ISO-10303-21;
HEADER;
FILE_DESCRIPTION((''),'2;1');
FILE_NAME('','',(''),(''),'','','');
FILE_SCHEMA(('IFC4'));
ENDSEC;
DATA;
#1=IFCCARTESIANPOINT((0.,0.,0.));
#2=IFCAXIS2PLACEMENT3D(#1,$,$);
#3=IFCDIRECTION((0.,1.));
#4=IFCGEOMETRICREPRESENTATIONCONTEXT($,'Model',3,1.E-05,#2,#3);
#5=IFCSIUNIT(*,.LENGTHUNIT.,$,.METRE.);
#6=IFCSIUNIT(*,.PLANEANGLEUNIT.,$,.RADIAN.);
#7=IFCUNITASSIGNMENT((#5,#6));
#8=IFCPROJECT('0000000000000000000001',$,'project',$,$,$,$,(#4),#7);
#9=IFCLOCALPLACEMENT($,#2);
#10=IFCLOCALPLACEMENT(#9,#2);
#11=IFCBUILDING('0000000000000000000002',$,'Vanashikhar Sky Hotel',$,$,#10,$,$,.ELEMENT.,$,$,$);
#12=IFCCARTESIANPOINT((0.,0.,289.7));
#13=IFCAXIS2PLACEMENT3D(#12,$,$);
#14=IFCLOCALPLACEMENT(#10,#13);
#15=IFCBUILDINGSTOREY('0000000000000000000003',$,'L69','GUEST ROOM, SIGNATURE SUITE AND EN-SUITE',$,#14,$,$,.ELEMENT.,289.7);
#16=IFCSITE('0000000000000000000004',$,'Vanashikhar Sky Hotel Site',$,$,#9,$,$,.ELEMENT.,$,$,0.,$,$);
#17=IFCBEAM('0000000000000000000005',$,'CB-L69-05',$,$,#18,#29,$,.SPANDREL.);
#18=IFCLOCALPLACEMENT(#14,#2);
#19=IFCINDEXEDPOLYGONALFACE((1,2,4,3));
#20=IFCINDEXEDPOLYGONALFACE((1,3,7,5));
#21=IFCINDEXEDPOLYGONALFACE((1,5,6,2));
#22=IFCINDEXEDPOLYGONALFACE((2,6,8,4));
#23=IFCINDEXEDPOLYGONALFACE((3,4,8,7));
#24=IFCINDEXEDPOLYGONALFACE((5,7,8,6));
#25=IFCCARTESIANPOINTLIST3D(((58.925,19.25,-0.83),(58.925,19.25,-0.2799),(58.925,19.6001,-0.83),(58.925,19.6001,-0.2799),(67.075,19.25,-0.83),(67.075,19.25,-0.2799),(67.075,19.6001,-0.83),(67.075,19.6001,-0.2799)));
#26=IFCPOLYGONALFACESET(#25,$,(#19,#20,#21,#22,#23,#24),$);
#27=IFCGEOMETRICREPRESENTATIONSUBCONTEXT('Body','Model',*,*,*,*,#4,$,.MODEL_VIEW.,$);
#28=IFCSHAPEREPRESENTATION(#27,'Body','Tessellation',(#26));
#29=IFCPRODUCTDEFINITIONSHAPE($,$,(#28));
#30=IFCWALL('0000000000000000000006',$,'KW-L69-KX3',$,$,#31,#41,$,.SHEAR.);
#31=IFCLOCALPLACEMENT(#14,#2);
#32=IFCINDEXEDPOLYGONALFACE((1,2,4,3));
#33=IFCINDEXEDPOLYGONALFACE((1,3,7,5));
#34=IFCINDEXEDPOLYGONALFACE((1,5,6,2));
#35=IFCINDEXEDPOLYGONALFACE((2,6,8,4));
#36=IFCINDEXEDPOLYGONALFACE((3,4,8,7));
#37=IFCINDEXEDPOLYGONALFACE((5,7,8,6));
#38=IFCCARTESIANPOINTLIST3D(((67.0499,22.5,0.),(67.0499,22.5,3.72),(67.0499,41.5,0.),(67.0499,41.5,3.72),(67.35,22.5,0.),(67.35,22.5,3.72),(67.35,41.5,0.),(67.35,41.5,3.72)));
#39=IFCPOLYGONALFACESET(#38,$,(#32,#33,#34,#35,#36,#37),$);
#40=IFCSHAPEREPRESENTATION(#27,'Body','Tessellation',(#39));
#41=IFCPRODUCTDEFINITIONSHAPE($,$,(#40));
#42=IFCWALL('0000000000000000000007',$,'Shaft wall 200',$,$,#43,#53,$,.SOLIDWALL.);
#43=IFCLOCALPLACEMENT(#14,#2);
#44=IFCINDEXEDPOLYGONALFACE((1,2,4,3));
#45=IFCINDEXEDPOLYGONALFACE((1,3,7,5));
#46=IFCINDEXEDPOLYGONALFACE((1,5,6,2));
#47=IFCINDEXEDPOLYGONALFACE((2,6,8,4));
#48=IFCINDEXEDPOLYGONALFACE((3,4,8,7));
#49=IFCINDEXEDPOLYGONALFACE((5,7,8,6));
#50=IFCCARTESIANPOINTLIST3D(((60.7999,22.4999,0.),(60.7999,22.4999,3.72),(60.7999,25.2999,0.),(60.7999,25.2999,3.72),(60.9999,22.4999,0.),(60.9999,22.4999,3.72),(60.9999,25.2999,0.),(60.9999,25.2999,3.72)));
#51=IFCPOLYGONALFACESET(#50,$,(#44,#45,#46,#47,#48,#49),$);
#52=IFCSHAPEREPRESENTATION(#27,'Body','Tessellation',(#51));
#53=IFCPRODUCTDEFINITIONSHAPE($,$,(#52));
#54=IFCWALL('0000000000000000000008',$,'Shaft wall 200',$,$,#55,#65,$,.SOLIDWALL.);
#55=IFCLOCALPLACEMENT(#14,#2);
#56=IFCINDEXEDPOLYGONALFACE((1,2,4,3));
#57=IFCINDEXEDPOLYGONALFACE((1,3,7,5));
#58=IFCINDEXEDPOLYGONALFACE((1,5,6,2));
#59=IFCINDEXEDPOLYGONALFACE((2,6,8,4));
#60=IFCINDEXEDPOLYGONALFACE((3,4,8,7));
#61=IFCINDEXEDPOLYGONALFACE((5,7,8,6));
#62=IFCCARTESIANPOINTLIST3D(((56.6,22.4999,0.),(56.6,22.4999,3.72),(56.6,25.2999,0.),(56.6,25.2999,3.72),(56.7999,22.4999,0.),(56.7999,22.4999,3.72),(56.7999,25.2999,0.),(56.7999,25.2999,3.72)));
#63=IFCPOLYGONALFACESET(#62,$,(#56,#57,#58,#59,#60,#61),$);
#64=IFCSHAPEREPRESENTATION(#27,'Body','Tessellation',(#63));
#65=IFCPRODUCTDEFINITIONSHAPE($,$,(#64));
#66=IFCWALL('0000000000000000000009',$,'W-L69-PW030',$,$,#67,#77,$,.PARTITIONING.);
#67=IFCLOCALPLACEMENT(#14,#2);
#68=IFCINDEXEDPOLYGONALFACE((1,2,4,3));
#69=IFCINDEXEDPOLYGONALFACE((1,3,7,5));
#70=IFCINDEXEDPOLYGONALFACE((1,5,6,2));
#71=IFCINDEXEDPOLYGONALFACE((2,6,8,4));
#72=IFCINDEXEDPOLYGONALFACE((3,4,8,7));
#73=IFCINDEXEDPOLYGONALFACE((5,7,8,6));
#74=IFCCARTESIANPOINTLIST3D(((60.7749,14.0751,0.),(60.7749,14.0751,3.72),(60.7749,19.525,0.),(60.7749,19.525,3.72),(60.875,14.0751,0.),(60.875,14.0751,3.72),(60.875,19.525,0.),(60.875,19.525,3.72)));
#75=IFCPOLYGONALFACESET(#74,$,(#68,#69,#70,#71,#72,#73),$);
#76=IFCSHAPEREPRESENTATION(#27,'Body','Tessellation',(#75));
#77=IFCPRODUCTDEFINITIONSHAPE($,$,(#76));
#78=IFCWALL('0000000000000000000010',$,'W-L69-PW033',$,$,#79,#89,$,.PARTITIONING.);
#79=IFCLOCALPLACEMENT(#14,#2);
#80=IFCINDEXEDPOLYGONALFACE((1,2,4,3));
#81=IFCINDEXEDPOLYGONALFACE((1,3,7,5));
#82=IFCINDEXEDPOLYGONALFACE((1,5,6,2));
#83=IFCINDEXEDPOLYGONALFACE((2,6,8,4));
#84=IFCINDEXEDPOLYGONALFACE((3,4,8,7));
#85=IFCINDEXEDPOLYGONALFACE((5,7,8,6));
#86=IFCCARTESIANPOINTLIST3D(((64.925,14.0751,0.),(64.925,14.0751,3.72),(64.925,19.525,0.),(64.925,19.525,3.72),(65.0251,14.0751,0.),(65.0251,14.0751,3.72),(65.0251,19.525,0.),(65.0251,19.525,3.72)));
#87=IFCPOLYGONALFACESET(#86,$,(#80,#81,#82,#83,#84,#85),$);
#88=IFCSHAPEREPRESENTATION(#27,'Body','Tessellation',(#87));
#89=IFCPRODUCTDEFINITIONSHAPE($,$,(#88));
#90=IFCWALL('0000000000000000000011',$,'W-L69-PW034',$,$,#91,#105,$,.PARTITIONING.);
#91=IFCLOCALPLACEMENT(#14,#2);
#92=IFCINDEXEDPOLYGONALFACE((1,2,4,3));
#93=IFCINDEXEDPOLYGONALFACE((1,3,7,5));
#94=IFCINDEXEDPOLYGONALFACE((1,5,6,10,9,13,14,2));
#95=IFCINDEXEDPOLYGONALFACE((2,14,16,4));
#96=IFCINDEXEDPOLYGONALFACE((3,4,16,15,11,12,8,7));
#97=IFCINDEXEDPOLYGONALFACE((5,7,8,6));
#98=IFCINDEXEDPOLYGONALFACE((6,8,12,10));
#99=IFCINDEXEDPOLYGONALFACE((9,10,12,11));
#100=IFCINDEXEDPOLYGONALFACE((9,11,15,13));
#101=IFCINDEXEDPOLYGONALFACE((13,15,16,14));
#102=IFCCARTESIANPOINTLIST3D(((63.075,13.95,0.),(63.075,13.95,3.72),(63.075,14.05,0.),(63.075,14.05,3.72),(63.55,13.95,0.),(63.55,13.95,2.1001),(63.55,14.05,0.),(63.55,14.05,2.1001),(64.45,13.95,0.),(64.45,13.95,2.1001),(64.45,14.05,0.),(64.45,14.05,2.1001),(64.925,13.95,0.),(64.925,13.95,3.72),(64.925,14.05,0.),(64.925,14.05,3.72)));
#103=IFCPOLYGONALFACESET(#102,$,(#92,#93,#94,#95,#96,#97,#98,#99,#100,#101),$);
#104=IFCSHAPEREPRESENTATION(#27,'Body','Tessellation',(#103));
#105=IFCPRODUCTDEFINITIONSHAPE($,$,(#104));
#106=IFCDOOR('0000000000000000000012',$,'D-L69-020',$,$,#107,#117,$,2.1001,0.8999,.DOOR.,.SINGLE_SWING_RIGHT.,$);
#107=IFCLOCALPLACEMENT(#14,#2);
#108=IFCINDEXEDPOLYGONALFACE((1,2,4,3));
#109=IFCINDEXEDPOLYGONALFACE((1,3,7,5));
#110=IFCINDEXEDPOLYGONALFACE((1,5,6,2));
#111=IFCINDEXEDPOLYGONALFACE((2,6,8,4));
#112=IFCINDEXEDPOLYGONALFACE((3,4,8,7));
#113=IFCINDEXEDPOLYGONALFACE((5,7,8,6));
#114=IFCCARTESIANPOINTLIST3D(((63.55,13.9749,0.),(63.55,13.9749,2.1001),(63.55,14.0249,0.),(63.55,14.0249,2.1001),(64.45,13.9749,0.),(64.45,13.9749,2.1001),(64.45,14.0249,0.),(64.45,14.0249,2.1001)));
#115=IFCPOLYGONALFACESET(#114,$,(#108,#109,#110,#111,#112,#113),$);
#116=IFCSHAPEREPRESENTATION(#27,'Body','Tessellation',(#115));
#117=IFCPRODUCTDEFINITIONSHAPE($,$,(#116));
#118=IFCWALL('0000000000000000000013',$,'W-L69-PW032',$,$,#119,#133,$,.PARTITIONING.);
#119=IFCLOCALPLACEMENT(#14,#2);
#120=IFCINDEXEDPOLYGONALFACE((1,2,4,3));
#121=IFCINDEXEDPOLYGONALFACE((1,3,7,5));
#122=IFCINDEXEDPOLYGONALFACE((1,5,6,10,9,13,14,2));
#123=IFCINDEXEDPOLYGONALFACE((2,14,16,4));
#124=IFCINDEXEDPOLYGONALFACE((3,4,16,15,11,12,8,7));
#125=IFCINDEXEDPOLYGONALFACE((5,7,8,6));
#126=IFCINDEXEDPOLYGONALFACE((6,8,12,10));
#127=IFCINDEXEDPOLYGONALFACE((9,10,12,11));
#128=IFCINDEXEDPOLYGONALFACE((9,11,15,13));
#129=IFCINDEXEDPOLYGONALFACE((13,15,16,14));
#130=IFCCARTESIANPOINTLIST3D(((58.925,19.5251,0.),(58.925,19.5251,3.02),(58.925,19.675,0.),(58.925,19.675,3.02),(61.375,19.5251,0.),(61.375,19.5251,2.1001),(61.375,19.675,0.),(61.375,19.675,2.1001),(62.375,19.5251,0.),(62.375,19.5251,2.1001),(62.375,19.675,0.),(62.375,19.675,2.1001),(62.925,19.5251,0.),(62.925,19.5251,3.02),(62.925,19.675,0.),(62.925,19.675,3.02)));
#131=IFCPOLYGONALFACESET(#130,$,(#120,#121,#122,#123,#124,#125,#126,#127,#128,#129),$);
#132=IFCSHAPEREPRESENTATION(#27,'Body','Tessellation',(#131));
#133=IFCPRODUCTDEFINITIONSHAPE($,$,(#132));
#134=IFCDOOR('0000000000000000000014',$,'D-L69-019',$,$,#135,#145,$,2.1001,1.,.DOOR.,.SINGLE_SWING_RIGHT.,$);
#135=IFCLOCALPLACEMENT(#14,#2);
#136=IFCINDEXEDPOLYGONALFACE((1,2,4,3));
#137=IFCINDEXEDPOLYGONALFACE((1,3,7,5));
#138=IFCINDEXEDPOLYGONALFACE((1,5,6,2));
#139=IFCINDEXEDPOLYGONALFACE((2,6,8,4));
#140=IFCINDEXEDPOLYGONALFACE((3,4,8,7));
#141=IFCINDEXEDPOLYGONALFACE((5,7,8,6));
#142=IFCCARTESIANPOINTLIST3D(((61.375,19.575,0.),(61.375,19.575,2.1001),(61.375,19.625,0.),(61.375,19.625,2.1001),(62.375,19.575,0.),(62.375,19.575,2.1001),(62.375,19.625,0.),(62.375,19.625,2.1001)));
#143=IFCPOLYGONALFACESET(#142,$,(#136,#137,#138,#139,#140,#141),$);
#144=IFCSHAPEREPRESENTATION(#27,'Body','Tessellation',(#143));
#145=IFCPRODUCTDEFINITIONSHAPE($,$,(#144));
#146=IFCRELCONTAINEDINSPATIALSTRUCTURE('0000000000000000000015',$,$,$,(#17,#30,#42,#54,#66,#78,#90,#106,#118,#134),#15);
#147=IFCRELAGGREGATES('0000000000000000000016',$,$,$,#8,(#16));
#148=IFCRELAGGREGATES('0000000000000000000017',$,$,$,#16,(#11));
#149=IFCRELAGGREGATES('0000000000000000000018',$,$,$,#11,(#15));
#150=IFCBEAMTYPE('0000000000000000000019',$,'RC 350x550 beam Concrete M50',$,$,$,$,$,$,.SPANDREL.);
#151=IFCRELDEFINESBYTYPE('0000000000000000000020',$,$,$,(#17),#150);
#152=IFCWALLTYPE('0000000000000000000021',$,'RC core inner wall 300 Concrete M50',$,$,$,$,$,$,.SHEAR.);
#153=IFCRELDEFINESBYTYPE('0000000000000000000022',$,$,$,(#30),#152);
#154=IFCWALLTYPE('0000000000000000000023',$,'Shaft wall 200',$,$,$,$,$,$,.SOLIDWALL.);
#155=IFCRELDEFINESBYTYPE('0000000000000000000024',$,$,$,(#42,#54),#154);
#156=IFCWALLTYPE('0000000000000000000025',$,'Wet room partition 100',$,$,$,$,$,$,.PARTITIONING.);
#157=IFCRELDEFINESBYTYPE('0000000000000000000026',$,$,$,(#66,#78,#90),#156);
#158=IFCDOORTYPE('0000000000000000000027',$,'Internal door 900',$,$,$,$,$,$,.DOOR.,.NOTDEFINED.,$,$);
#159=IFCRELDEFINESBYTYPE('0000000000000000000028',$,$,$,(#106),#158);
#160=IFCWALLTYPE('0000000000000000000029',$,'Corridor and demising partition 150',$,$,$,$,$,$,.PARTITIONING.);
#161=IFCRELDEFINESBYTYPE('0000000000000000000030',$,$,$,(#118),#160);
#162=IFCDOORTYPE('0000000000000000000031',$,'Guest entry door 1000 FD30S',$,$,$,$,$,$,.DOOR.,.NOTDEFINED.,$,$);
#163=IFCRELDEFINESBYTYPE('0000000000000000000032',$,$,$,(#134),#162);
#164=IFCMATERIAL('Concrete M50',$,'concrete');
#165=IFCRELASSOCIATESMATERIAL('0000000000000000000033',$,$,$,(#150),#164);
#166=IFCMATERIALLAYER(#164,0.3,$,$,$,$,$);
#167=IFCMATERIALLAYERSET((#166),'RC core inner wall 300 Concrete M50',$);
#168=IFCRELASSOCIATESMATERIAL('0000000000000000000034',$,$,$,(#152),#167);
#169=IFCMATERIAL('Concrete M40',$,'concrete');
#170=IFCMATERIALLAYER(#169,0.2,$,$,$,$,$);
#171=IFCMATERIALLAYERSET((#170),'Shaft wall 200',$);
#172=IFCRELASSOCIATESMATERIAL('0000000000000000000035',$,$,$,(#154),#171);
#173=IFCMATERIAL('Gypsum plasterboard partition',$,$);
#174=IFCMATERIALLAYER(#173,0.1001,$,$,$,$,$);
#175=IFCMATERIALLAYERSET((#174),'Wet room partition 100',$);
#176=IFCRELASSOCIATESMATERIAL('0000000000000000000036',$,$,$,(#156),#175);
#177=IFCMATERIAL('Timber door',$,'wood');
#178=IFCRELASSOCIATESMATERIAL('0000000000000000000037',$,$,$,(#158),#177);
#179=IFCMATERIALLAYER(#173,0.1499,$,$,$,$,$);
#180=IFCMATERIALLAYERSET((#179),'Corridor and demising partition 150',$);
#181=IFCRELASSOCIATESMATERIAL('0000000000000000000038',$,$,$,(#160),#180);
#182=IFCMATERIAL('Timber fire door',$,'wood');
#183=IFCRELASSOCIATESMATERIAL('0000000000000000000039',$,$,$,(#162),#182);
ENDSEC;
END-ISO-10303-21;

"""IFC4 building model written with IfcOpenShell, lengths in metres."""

from ifc_helpers import new_model, si_unit, direction, frame, frame_2d, origin, origin_2d, place, context, subcontext, project, spatial, rectangle, extrude, source, transform, mapped, material, layer, layer_set, material_profile, profile_set, type_object, element, fill, save


model = new_model("IFC4")

# Units and contexts
model_context = context("Model", 3, precision=1e-05, world=origin(), true_north=direction((0.0, 1.0)))
body_context = subcontext(model_context, "Body", "Model", "MODEL_VIEW")
ifc_project = project(units=[si_unit("LENGTHUNIT", "METRE"), si_unit("PLANEANGLEUNIT", "RADIAN")], contexts=[model_context])

# Site, building, storey
site_placement = place(None, origin())
site = spatial("IfcSite", under=ifc_project, at=site_placement, Name="Vanashikhar Sky Hotel Site", CompositionType="ELEMENT", RefElevation=0.0)
building_placement = place(site_placement, origin())
building = spatial("IfcBuilding", under=site, at=building_placement, Name="Vanashikhar Sky Hotel", CompositionType="ELEMENT")
storey_placement = place(building_placement, frame((0.0, 0.0, 289.7)))
storey = spatial("IfcBuildingStorey", under=building, at=storey_placement, Name="L69", Description="GUEST ROOM, SIGNATURE SUITE AND EN-SUITE", CompositionType="ELEMENT", Elevation=289.7)

# Beam
ifc_material_1 = material(Name="Concrete M50", Category="concrete")
ifc_material_profile = material_profile(ifc_material_1, rectangle(XDim=0.3501, YDim=0.55, at=origin_2d()))
ifc_profile_set = profile_set([ifc_material_profile], Name="RC 350x550 beam Concrete M50")
beam_type = type_object("IfcBeamType", Name="RC 350x550 beam Concrete M50", PredefinedType="SPANDREL", material=ifc_profile_set)
shared_shape_1 = source(origin(), body_context, "Body", "SweptSolid", [
    extrude(rectangle(XDim=0.3501, YDim=0.55, at=origin_2d()), origin(), (0.0, 0.0, 1.0), 8.1499),
])
beam_placement = place(storey_placement, frame((58.925, 19.425, -0.5549), z_axis=(1.0, 0.0, 0.0), x_axis=(0.0, 1.0, 0.0)))
element("IfcBeam", 1, at=beam_placement, inside=storey, type_object=beam_type, Name="CB-L69-05", PredefinedType="SPANDREL", context=body_context, shape_type="MappedRepresentation", body=[
    mapped(shared_shape_1, transform((0.0, 0.0, 0.0), scale=1.0)),
])

# Walls
ifc_layer_1 = layer(ifc_material_1, 0.3)
ifc_layer_set_1 = layer_set([ifc_layer_1], Name="RC core inner wall 300 Concrete M50")
wall_type_1 = type_object("IfcWallType", Name="RC core inner wall 300 Concrete M50", PredefinedType="SHEAR", material=ifc_layer_set_1)
shared_shape_2 = source(origin(), body_context, "Body", "SweptSolid", [
    extrude(rectangle(XDim=19.0, YDim=0.3, at=frame_2d((9.5, 0.0))), origin(), (0.0, 0.0, 1.0), 3.72),
])
wall_1_placement = place(storey_placement, frame((67.2, 22.5, 0.0), z_axis=(0.0, 0.0, 1.0), x_axis=(0.0, 1.0, 0.0)))
element("IfcWall", 2, at=wall_1_placement, inside=storey, type_object=wall_type_1, Name="KW-L69-KX3", PredefinedType="SHEAR", context=body_context, shape_type="MappedRepresentation", body=[
    mapped(shared_shape_2, transform((0.0, 0.0, 0.0), scale=1.0)),
])
ifc_material_2 = material(Name="Concrete M40", Category="concrete")
ifc_layer_2 = layer(ifc_material_2, 0.2)
ifc_layer_set_2 = layer_set([ifc_layer_2], Name="Shaft wall 200")
wall_type_2 = type_object("IfcWallType", Name="Shaft wall 200", PredefinedType="SOLIDWALL", material=ifc_layer_set_2)
shared_shape_3 = source(origin(), body_context, "Body", "SweptSolid", [
    extrude(rectangle(XDim=2.8, YDim=0.2, at=frame_2d((1.3999, 0.0))), origin(), (0.0, 0.0, 1.0), 3.72),
])
for number, where, z_axis, x_axis, name in (
    (3, (60.8999, 22.5, 0.0), (0.0, 0.0, 1.0), (0.0, 1.0, 0.0), "Shaft wall 200"),
    (4, (56.7, 22.5, 0.0), (0.0, 0.0, 1.0), (0.0, 1.0, 0.0), "Shaft wall 200"),
):
    element("IfcWall", number, at=place(storey_placement, frame(where, z_axis=z_axis, x_axis=x_axis)), inside=storey, type_object=wall_type_2, Name=name, PredefinedType="SOLIDWALL", context=body_context, shape_type="MappedRepresentation", body=[
        mapped(shared_shape_3, transform((0.0, 0.0, 0.0), scale=1.0)),
    ])
ifc_material_3 = material(Name="Gypsum plasterboard partition")
ifc_layer_3 = layer(ifc_material_3, 0.1001)
ifc_layer_set_3 = layer_set([ifc_layer_3], Name="Wet room partition 100")
wall_type_3 = type_object("IfcWallType", Name="Wet room partition 100", PredefinedType="PARTITIONING", material=ifc_layer_set_3)
shared_shape_4 = source(origin(), body_context, "Body", "SweptSolid", [
    extrude(rectangle(XDim=5.45, YDim=0.1001, at=frame_2d((2.7251, 0.0))), origin(), (0.0, 0.0, 1.0), 3.72),
])
for number, where, z_axis, x_axis, name in (
    (5, (60.825, 14.075, 0.0), (0.0, 0.0, 1.0), (0.0, 1.0, 0.0), "W-L69-PW030"),
    (6, (64.9751, 14.075, 0.0), (0.0, 0.0, 1.0), (0.0, 1.0, 0.0), "W-L69-PW033"),
):
    element("IfcWall", number, at=place(storey_placement, frame(where, z_axis=z_axis, x_axis=x_axis)), inside=storey, type_object=wall_type_3, Name=name, PredefinedType="PARTITIONING", context=body_context, shape_type="MappedRepresentation", body=[
        mapped(shared_shape_4, transform((0.0, 0.0, 0.0), scale=1.0)),
    ])

# Walls, openings, doors
shared_shape_5 = source(origin(), body_context, "Body", "SweptSolid", [
    extrude(rectangle(XDim=1.8501, YDim=0.1001, at=frame_2d((0.925, 0.0))), origin(), (0.0, 0.0, 1.0), 3.72),
])
wall_2_placement = place(storey_placement, frame((63.075, 14.0, 0.0), z_axis=(0.0, 0.0, 1.0), x_axis=(1.0, 0.0, 0.0)))
wall_2 = element("IfcWall", 7, at=wall_2_placement, inside=storey, type_object=wall_type_3, Name="W-L69-PW034", PredefinedType="PARTITIONING", context=body_context, shape_type="MappedRepresentation", body=[
    mapped(shared_shape_5, transform((0.0, 0.0, 0.0), scale=1.0)),
])
shared_shape_6 = source(origin(), body_context, "Body", "SweptSolid", [
    extrude(rectangle(XDim=0.8999, YDim=2.1001, at=frame_2d((0.45, 1.05))), frame((0.0, 0.0601, 0.0), z_axis=(0.0, -1.0, 0.0), x_axis=(1.0, 0.0, 0.0)), (0.0, 0.0, 1.0), 0.1201),
])
opening_1_placement = place(wall_2_placement, frame((0.4751, 0.0, 0.0)))
opening_1 = element("IfcOpeningElement", 8, at=opening_1_placement, cuts=wall_2, PredefinedType="OPENING", context=body_context, shape_type="MappedRepresentation", body=[
    mapped(shared_shape_6, transform((0.0, 0.0, 0.0), scale=1.0)),
])
ifc_material_4 = material(Name="Timber door", Category="wood")
door_type_1 = type_object("IfcDoorType", Name="Internal door 900", OperationType="NOTDEFINED", PredefinedType="DOOR", material=ifc_material_4)
shared_shape_7 = source(origin(), body_context, "Body", "SweptSolid", [
    extrude(rectangle(XDim=0.8999, YDim=2.1001, at=frame_2d((0.45, 1.05))), frame((0.0, 0.0249, 0.0), z_axis=(0.0, -1.0, 0.0), x_axis=(1.0, 0.0, 0.0)), (0.0, 0.0, 1.0), 0.05),
])
door_1_placement = place(opening_1_placement, origin())
door_1 = element("IfcDoor", 9, at=door_1_placement, inside=storey, type_object=door_type_1, Name="D-L69-020", OperationType="SINGLE_SWING_RIGHT", OverallHeight=2.1001, OverallWidth=0.8999, PredefinedType="DOOR", context=body_context, shape_type="MappedRepresentation", body=[
    mapped(shared_shape_7, transform((0.0, 0.0, 0.0), scale=1.0)),
])
fill(opening_1, door_1)
ifc_layer_4 = layer(ifc_material_3, 0.1499)
ifc_layer_set_4 = layer_set([ifc_layer_4], Name="Corridor and demising partition 150")
wall_type_4 = type_object("IfcWallType", Name="Corridor and demising partition 150", PredefinedType="PARTITIONING", material=ifc_layer_set_4)
shared_shape_8 = source(origin(), body_context, "Body", "SweptSolid", [
    extrude(rectangle(XDim=4.0, YDim=0.1499, at=frame_2d((2.0, 0.0))), origin(), (0.0, 0.0, 1.0), 3.02),
])
wall_3_placement = place(storey_placement, frame((58.925, 19.6001, 0.0), z_axis=(0.0, 0.0, 1.0), x_axis=(1.0, 0.0, 0.0)))
wall_3 = element("IfcWall", 10, at=wall_3_placement, inside=storey, type_object=wall_type_4, Name="W-L69-PW032", PredefinedType="PARTITIONING", context=body_context, shape_type="MappedRepresentation", body=[
    mapped(shared_shape_8, transform((0.0, 0.0, 0.0), scale=1.0)),
])
shared_shape_9 = source(origin(), body_context, "Body", "SweptSolid", [
    extrude(rectangle(XDim=1.0, YDim=2.1001, at=frame_2d((0.5, 1.05))), frame((0.0, 0.085, 0.0), z_axis=(0.0, -1.0, 0.0), x_axis=(1.0, 0.0, 0.0)), (0.0, 0.0, 1.0), 0.1699),
])
opening_2_placement = place(wall_3_placement, frame((2.45, 0.0, 0.0)))
opening_2 = element("IfcOpeningElement", 11, at=opening_2_placement, cuts=wall_3, PredefinedType="OPENING", context=body_context, shape_type="MappedRepresentation", body=[
    mapped(shared_shape_9, transform((0.0, 0.0, 0.0), scale=1.0)),
])
ifc_material_5 = material(Name="Timber fire door", Category="wood")
door_type_2 = type_object("IfcDoorType", Name="Guest entry door 1000 FD30S", OperationType="NOTDEFINED", PredefinedType="DOOR", material=ifc_material_5)
shared_shape_10 = source(origin(), body_context, "Body", "SweptSolid", [
    extrude(rectangle(XDim=1.0, YDim=2.1001, at=frame_2d((0.5, 1.05))), frame((0.0, 0.0249, 0.0), z_axis=(0.0, -1.0, 0.0), x_axis=(1.0, 0.0, 0.0)), (0.0, 0.0, 1.0), 0.05),
])
door_2_placement = place(opening_2_placement, origin())
door_2 = element("IfcDoor", 12, at=door_2_placement, inside=storey, type_object=door_type_2, Name="D-L69-019", OperationType="SINGLE_SWING_RIGHT", OverallHeight=2.1001, OverallWidth=1.0, PredefinedType="DOOR", context=body_context, shape_type="MappedRepresentation", body=[
    mapped(shared_shape_10, transform((0.0, 0.0, 0.0), scale=1.0)),
])
fill(opening_2, door_2)

save(model, "model.ifc")
